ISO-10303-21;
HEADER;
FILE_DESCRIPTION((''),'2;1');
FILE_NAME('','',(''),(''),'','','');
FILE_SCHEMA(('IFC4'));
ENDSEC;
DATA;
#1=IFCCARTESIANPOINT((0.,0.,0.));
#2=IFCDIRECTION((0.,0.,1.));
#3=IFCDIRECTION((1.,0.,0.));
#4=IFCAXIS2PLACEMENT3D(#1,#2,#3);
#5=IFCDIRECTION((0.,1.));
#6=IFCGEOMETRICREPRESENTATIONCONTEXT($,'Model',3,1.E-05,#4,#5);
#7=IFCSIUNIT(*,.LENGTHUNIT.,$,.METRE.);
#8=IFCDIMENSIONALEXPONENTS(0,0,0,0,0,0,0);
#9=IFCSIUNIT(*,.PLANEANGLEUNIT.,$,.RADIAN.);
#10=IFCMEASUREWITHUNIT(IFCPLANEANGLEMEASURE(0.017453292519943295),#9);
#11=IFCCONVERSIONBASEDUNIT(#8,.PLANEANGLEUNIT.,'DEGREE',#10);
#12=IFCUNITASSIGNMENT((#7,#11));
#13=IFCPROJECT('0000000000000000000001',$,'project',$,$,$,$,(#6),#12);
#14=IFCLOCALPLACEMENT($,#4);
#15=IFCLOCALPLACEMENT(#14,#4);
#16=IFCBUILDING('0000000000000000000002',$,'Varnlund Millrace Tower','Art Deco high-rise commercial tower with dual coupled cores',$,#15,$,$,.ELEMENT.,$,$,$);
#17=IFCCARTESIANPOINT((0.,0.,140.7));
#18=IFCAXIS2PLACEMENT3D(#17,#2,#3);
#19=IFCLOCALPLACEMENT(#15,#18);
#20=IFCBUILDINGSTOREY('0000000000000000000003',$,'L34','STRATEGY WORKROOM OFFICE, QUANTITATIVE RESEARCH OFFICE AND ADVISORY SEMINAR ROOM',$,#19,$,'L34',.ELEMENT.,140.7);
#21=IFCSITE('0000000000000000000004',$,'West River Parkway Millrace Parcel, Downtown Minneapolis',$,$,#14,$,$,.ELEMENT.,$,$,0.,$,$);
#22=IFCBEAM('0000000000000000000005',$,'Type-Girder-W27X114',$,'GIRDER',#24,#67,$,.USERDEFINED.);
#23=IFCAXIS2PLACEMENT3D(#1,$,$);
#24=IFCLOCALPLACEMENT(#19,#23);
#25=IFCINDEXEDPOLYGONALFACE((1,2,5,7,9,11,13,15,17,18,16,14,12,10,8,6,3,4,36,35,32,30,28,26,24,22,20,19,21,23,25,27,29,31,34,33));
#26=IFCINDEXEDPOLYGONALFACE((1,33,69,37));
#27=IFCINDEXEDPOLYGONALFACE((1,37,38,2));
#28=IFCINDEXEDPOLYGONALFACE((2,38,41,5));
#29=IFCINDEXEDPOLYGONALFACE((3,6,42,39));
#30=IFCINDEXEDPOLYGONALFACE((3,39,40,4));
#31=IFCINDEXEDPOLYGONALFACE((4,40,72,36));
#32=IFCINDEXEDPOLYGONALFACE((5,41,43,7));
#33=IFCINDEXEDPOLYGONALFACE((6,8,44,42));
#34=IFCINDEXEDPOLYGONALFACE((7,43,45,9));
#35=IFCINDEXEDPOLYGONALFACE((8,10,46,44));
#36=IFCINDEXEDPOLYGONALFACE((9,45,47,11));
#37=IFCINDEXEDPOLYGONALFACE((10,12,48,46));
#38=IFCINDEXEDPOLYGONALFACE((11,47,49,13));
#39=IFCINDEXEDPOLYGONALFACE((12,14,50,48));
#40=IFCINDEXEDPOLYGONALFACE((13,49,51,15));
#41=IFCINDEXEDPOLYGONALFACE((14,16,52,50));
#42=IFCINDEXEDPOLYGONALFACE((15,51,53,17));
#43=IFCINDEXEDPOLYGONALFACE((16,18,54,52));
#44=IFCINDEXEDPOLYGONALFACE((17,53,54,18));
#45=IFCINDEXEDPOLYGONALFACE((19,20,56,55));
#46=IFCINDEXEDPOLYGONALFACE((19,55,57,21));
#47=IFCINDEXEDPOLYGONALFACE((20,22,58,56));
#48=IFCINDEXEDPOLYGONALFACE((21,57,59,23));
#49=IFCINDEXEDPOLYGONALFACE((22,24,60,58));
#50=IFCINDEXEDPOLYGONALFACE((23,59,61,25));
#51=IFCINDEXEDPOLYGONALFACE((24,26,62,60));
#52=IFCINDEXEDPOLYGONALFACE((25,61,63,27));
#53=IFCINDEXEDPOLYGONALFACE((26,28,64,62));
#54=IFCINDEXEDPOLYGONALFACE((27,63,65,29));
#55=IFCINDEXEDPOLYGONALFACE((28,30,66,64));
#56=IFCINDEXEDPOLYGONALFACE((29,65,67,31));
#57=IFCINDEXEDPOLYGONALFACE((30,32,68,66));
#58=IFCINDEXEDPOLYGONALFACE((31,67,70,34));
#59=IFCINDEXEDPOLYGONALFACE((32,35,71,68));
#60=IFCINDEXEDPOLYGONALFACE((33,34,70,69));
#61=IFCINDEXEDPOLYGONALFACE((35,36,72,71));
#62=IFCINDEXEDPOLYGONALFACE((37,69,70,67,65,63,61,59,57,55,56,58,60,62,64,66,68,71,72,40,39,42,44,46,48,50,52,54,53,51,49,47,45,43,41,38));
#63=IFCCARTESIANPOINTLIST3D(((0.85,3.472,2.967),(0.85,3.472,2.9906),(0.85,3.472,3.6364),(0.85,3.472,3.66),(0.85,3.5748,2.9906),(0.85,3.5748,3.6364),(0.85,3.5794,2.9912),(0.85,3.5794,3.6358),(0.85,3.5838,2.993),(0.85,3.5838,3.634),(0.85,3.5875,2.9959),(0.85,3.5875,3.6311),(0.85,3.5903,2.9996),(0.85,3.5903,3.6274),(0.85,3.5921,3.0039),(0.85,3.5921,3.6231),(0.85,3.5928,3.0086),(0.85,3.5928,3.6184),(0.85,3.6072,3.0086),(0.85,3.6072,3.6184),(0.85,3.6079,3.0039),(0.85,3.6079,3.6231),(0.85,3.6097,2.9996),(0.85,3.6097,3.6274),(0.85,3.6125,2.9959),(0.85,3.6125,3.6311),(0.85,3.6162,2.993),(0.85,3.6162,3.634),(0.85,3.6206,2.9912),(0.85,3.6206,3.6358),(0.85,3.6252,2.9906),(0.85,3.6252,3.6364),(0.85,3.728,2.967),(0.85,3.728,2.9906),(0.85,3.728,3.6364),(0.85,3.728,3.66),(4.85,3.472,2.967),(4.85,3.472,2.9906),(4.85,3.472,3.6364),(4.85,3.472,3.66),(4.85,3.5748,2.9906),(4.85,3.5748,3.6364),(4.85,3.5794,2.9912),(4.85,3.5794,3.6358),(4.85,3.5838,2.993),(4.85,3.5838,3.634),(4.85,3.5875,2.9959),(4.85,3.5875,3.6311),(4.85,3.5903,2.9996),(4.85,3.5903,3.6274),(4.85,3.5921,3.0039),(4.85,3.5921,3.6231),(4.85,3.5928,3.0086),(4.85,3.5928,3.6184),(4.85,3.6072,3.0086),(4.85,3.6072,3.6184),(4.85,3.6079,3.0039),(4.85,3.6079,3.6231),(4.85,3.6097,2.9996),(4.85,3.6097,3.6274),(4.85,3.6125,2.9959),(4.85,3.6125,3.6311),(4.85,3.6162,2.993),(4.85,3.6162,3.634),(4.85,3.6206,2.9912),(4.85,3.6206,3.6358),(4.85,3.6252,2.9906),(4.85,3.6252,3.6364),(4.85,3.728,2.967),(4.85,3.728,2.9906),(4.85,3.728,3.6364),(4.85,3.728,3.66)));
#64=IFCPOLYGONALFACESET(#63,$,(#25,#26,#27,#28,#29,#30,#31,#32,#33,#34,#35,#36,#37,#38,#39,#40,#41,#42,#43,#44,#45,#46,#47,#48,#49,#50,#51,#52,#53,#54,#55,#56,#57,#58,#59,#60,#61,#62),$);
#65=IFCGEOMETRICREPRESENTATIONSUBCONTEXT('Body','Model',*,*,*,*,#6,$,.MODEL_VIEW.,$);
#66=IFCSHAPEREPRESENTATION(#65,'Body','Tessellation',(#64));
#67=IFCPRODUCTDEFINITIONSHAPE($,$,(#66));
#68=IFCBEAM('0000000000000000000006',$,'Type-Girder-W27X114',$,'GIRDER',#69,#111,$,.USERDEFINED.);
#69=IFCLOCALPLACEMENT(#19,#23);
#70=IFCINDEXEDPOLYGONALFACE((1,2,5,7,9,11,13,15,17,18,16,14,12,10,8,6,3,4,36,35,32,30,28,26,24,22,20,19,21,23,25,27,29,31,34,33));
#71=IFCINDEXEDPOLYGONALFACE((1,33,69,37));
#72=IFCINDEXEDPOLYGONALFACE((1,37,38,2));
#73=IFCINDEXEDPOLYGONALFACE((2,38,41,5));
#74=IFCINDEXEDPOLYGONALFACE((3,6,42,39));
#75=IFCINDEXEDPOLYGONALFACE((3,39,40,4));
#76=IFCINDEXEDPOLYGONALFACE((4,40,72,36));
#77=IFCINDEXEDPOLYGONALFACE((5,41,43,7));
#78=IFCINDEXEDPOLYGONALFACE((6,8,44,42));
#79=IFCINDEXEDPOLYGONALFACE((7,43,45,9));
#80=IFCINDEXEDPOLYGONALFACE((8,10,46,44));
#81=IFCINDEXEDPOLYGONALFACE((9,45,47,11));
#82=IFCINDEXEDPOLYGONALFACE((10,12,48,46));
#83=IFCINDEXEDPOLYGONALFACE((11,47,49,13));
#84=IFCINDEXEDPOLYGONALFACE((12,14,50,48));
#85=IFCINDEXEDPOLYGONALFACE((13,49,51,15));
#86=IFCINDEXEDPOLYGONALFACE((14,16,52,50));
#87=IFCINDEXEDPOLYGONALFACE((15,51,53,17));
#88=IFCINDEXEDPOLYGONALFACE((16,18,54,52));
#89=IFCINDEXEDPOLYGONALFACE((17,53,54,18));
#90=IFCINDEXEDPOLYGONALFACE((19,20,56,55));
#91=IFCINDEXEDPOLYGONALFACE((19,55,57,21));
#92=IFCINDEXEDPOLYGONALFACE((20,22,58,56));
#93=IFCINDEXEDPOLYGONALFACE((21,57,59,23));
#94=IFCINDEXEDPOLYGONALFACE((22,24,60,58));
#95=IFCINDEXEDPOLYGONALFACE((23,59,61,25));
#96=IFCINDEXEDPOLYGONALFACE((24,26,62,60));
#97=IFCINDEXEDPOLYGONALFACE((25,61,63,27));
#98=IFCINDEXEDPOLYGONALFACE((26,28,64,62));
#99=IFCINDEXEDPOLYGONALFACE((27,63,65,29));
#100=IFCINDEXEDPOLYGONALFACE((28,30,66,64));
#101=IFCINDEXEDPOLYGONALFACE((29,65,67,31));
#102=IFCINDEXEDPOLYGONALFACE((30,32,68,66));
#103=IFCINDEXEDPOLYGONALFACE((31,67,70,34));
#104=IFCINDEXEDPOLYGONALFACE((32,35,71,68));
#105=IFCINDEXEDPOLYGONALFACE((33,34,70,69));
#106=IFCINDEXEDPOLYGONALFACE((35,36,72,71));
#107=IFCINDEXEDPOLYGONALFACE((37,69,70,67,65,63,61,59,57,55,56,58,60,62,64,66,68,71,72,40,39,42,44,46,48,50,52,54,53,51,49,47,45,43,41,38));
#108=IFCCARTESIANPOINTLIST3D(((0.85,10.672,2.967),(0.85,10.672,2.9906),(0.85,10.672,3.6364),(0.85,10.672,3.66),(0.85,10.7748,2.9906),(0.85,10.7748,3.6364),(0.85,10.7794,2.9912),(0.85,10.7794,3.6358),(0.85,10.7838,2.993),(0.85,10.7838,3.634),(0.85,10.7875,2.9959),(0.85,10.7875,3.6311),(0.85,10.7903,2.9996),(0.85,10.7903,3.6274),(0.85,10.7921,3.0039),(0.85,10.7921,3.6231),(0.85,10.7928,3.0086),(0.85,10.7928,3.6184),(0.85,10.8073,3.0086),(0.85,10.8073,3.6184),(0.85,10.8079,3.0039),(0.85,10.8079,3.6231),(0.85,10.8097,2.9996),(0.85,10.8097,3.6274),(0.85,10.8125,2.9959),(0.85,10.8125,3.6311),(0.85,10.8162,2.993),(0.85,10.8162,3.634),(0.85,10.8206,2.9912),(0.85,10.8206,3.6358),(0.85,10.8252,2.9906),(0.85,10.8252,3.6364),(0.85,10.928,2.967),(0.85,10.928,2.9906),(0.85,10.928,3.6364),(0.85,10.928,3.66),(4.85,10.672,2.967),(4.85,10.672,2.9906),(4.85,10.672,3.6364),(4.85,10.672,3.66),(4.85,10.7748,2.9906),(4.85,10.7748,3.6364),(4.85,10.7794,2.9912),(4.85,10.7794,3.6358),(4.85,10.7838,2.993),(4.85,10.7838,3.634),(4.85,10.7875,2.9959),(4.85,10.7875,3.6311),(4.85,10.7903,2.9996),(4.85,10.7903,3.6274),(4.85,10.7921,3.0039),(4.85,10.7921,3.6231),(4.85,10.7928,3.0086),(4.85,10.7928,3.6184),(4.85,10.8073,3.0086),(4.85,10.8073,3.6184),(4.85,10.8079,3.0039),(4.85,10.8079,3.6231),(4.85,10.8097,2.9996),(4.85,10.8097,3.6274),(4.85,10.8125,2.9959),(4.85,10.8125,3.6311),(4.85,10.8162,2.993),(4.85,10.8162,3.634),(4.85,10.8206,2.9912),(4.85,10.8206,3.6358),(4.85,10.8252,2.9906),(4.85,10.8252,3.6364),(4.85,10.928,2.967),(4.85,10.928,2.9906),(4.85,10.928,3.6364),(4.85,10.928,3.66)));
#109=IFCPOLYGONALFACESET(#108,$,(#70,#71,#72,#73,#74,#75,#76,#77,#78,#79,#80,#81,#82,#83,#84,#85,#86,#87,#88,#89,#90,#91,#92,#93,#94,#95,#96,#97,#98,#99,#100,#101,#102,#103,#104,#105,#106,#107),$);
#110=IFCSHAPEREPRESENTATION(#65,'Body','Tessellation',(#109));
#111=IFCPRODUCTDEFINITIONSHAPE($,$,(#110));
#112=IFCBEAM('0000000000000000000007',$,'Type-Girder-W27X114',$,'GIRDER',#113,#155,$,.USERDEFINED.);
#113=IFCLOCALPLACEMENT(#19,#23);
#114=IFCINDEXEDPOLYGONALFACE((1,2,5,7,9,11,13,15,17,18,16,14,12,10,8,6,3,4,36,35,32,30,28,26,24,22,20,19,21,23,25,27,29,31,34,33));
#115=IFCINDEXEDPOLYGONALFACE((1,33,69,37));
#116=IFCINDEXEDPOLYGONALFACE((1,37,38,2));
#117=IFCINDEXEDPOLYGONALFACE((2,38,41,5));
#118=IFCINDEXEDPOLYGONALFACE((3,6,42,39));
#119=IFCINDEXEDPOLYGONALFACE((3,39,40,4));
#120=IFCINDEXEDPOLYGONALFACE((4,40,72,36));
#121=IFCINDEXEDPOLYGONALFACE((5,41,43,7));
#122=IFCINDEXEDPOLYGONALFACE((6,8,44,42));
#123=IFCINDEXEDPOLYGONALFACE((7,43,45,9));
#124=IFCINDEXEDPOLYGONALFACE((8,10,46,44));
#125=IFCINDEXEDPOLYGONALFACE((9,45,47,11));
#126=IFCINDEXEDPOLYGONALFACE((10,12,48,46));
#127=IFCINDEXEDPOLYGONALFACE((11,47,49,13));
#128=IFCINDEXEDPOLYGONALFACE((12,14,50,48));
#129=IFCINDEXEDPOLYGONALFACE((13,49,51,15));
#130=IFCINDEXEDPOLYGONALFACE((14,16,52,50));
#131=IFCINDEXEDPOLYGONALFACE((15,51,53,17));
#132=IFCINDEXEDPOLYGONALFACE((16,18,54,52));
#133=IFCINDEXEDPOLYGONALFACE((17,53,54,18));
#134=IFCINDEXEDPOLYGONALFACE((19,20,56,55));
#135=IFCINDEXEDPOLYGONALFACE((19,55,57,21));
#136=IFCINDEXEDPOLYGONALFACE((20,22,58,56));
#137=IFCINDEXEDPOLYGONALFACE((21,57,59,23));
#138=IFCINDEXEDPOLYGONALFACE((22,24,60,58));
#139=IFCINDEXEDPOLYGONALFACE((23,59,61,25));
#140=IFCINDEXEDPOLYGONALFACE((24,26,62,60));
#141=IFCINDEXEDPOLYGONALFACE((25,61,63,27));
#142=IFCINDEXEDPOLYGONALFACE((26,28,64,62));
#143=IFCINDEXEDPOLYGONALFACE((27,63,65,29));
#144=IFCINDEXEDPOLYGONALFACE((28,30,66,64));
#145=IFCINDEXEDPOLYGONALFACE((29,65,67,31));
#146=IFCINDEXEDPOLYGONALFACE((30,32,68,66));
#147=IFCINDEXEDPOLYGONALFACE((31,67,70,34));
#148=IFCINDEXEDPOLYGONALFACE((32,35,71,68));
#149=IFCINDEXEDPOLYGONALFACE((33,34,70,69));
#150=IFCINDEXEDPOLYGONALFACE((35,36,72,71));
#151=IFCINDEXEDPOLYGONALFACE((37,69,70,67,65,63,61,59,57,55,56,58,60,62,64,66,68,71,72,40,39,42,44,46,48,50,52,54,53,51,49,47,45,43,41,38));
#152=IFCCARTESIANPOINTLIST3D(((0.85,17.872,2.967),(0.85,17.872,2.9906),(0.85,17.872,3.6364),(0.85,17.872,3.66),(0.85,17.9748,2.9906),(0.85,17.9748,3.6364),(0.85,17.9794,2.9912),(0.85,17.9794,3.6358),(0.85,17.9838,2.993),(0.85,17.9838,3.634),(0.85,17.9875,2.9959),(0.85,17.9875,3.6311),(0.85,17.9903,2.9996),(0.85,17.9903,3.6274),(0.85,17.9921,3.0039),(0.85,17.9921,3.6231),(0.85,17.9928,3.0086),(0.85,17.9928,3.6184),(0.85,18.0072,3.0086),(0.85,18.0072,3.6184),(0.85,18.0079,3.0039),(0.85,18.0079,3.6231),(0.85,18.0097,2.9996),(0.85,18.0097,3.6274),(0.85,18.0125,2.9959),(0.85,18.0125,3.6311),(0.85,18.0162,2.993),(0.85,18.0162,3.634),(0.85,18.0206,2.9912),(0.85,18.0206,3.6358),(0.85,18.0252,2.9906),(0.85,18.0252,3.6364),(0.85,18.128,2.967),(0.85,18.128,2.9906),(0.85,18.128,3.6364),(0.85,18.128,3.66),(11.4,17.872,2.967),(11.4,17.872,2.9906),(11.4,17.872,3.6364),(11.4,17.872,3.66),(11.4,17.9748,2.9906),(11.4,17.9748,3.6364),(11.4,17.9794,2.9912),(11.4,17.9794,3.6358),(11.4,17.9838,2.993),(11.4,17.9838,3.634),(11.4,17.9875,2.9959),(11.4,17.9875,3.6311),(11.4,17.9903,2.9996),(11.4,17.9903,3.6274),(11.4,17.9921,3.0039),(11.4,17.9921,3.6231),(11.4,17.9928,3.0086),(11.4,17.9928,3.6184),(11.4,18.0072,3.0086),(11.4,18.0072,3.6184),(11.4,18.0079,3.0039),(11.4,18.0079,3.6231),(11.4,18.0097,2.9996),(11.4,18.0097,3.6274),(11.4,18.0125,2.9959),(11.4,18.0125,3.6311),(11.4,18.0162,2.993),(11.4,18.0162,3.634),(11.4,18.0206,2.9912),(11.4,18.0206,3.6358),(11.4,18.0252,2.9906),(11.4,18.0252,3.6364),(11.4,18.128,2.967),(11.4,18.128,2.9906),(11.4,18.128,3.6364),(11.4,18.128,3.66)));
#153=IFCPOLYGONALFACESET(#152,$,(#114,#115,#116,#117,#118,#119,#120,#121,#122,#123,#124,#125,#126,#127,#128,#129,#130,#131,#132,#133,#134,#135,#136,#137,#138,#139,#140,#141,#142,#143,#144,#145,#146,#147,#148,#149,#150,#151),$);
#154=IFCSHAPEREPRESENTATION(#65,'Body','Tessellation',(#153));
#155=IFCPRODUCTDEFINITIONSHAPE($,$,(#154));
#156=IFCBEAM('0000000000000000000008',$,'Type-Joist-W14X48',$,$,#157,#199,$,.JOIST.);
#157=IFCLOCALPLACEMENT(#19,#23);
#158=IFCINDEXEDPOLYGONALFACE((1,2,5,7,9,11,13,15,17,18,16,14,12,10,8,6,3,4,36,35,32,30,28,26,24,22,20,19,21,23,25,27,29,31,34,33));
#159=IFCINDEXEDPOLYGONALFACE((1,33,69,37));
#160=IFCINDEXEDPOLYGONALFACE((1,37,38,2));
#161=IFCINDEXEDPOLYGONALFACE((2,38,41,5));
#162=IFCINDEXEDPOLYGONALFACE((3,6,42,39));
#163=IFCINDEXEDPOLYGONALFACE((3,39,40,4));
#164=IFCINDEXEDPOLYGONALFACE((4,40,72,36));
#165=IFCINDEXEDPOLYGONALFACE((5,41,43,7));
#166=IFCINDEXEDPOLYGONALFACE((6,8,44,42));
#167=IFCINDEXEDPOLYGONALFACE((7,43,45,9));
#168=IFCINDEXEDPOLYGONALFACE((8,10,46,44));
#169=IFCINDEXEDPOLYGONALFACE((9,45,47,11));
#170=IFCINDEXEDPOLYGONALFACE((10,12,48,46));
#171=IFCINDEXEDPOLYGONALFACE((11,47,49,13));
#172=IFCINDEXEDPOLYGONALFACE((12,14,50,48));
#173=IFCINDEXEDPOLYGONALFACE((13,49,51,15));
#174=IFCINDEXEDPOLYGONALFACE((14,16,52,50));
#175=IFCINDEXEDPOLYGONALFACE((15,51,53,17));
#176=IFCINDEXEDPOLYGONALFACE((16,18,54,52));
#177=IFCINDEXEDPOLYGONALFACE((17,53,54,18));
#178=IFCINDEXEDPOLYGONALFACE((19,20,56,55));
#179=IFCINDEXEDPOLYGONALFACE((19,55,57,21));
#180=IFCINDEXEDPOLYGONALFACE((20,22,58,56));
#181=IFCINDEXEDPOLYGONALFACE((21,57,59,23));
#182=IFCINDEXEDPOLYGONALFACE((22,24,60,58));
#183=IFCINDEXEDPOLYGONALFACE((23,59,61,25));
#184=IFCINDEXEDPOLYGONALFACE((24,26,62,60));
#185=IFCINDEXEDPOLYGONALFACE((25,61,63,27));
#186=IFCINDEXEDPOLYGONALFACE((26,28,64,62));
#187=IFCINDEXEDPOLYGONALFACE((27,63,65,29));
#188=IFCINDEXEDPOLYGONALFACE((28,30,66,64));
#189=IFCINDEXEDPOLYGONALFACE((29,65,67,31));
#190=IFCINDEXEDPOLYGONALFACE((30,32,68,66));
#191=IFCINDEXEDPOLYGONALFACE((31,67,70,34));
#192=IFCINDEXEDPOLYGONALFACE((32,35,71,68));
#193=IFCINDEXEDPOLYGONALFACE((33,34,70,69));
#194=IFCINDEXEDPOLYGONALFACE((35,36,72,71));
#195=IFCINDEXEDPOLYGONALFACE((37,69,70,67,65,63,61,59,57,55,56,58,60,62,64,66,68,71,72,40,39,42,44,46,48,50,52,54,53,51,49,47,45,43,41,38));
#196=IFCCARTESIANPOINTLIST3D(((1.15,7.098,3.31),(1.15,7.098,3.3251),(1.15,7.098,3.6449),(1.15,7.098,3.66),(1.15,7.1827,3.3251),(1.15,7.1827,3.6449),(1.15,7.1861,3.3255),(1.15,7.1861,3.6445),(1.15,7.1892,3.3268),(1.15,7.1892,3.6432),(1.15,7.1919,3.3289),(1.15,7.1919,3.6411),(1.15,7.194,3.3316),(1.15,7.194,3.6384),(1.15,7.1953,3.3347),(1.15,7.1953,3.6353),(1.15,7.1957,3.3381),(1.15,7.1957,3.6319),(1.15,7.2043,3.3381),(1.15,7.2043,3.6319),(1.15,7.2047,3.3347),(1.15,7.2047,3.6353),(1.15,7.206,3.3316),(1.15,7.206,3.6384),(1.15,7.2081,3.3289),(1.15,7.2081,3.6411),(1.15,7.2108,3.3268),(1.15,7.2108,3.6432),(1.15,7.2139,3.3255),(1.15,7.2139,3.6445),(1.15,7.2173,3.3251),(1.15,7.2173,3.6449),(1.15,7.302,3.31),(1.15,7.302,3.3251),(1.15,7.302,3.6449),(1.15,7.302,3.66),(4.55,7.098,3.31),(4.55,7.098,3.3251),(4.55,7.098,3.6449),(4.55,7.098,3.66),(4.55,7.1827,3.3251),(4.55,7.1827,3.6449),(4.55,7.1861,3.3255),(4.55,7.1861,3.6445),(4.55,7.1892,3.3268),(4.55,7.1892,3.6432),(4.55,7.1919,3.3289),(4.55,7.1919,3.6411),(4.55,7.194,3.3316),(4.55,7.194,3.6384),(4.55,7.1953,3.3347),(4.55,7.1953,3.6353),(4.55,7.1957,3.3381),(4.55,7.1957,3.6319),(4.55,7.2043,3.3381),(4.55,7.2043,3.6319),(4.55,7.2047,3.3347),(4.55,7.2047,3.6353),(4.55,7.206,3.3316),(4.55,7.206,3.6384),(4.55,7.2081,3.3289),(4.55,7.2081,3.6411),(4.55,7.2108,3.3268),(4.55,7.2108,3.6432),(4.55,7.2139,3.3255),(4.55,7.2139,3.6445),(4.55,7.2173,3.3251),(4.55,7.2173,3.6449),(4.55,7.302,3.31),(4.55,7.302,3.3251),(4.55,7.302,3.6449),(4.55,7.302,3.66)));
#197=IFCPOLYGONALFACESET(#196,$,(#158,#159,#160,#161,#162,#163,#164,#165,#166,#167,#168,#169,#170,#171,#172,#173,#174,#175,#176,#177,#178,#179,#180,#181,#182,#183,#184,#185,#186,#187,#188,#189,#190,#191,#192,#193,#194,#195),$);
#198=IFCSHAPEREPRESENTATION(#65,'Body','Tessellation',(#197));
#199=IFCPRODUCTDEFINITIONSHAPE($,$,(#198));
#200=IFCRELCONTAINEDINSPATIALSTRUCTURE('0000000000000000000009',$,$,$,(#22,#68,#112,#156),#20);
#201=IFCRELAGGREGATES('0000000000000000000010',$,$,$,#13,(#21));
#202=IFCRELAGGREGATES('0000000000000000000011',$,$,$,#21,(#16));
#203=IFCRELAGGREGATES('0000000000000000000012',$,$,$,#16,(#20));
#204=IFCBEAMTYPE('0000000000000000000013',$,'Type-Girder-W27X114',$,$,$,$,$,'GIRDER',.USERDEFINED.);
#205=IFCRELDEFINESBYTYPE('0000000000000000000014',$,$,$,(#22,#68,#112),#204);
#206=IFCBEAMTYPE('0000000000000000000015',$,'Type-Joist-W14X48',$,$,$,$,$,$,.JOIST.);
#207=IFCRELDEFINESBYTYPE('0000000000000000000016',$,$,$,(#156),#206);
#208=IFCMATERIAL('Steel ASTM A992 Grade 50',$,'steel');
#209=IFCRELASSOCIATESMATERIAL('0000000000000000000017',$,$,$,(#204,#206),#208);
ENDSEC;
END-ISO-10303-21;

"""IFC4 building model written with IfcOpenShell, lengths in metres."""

from ifc_helpers import new_model, entity, si_unit, converted_unit, direction, frame, origin_with_axes, origin_2d_with_axis, place, context, subcontext, project, spatial, i_section, extrude, material, material_profile, profile_set, type_object, element, save


model = new_model("IFC4")

# Units and contexts
model_context = context("Model", 3, precision=1e-05, world=origin_with_axes(), true_north=direction((0.0, 1.0)))
body_context = subcontext(model_context, "Body", "Model", "MODEL_VIEW")
ifc_project = project(units=[si_unit("LENGTHUNIT", "METRE"), converted_unit("PLANEANGLEUNIT", "DEGREE", entity("IfcPlaneAngleMeasure", 0.017453292519943295), si_unit("PLANEANGLEUNIT", "RADIAN"), dimensions=[0, 0, 0, 0, 0, 0, 0])], contexts=[model_context])

# Site, building, storey
site_placement = place(None, origin_with_axes())
site = spatial("IfcSite", under=ifc_project, at=site_placement, Name="West River Parkway Millrace Parcel, Downtown Minneapolis", CompositionType="ELEMENT", RefElevation=0.0)
building_placement = place(site_placement, origin_with_axes())
building = spatial("IfcBuilding", under=site, at=building_placement, Name="Varnlund Millrace Tower", Description="Art Deco high-rise commercial tower with dual coupled cores", CompositionType="ELEMENT")
storey_placement = place(building_placement, frame((0.0, 0.0, 140.7), z_axis=(0.0, 0.0, 1.0), x_axis=(1.0, 0.0, 0.0)))
storey = spatial("IfcBuildingStorey", under=building, at=storey_placement, Name="L34", Description="STRATEGY WORKROOM OFFICE, QUANTITATIVE RESEARCH OFFICE AND ADVISORY SEMINAR ROOM", LongName="L34", CompositionType="ELEMENT", Elevation=140.7)

# Beams
ifc_material_1 = material(Name="Steel ASTM A992 Grade 50", Category="steel")
ifc_material_profile_1 = material_profile(ifc_material_1, i_section(OverallWidth=0.256, OverallDepth=0.693, WebThickness=0.0145, FlangeThickness=0.0236, FilletRadius=0.018, at=origin_2d_with_axis()), Name="Steel ASTM A992 Grade 50")
ifc_profile_set_1 = profile_set([ifc_material_profile_1], Name="Steel ASTM A992 Grade 50")
beam_type_1 = type_object("IfcBeamType", Name="Type-Girder-W27X114", ElementType="GIRDER", PredefinedType="USERDEFINED", material=ifc_profile_set_1)
for number, where, z_axis, x_axis, name in (
    (1, (0.85, 3.6, 3.3135), (1.0, 0.0, 0.0), (0.0, 1.0, 0.0), "Type-Girder-W27X114"),
    (2, (0.85, 10.8, 3.3135), (1.0, 0.0, 0.0), (0.0, 1.0, 0.0), "Type-Girder-W27X114"),
):
    element("IfcBeam", number, at=place(storey_placement, frame(where, z_axis=z_axis, x_axis=x_axis)), inside=storey, type_object=beam_type_1, Name=name, ObjectType="GIRDER", PredefinedType="USERDEFINED", context=body_context, shape_type="SweptSolid", body=[
        extrude(i_section(OverallWidth=0.256, OverallDepth=0.693, WebThickness=0.0145, FlangeThickness=0.0236, FilletRadius=0.018, at=origin_2d_with_axis()), origin_with_axes(), (0.0, 0.0, 1.0), 4.0),
    ])
beam_1_placement = place(storey_placement, frame((0.85, 18.0, 3.3135), z_axis=(1.0, 0.0, 0.0), x_axis=(0.0, 1.0, 0.0)))
element("IfcBeam", 3, at=beam_1_placement, inside=storey, type_object=beam_type_1, Name="Type-Girder-W27X114", ObjectType="GIRDER", PredefinedType="USERDEFINED", context=body_context, shape_type="SweptSolid", body=[
    extrude(i_section(OverallWidth=0.256, OverallDepth=0.693, WebThickness=0.0145, FlangeThickness=0.0236, FilletRadius=0.018, at=origin_2d_with_axis()), origin_with_axes(), (0.0, 0.0, 1.0), 10.55),
])
ifc_material_profile_2 = material_profile(ifc_material_1, i_section(OverallWidth=0.204, OverallDepth=0.35, WebThickness=0.0086, FlangeThickness=0.0151, FilletRadius=0.013, at=origin_2d_with_axis()), Name="Steel ASTM A992 Grade 50")
ifc_profile_set_2 = profile_set([ifc_material_profile_2], Name="Steel ASTM A992 Grade 50")
beam_type_2 = type_object("IfcBeamType", Name="Type-Joist-W14X48", PredefinedType="JOIST", material=ifc_profile_set_2)
for number, where, z_axis, x_axis, name in (
    (4, (1.15, 7.2, 3.485), (1.0, 0.0, 0.0), (0.0, 1.0, 0.0), "Type-Joist-W14X48"),
):
    element("IfcBeam", number, at=place(storey_placement, frame(where, z_axis=z_axis, x_axis=x_axis)), inside=storey, type_object=beam_type_2, Name=name, PredefinedType="JOIST", context=body_context, shape_type="SweptSolid", body=[
        extrude(i_section(OverallWidth=0.204, OverallDepth=0.35, WebThickness=0.0086, FlangeThickness=0.0151, FilletRadius=0.013, at=origin_2d_with_axis()), origin_with_axes(), (0.0, 0.0, 1.0), 3.4),
    ])

save(model, "model.ifc")
